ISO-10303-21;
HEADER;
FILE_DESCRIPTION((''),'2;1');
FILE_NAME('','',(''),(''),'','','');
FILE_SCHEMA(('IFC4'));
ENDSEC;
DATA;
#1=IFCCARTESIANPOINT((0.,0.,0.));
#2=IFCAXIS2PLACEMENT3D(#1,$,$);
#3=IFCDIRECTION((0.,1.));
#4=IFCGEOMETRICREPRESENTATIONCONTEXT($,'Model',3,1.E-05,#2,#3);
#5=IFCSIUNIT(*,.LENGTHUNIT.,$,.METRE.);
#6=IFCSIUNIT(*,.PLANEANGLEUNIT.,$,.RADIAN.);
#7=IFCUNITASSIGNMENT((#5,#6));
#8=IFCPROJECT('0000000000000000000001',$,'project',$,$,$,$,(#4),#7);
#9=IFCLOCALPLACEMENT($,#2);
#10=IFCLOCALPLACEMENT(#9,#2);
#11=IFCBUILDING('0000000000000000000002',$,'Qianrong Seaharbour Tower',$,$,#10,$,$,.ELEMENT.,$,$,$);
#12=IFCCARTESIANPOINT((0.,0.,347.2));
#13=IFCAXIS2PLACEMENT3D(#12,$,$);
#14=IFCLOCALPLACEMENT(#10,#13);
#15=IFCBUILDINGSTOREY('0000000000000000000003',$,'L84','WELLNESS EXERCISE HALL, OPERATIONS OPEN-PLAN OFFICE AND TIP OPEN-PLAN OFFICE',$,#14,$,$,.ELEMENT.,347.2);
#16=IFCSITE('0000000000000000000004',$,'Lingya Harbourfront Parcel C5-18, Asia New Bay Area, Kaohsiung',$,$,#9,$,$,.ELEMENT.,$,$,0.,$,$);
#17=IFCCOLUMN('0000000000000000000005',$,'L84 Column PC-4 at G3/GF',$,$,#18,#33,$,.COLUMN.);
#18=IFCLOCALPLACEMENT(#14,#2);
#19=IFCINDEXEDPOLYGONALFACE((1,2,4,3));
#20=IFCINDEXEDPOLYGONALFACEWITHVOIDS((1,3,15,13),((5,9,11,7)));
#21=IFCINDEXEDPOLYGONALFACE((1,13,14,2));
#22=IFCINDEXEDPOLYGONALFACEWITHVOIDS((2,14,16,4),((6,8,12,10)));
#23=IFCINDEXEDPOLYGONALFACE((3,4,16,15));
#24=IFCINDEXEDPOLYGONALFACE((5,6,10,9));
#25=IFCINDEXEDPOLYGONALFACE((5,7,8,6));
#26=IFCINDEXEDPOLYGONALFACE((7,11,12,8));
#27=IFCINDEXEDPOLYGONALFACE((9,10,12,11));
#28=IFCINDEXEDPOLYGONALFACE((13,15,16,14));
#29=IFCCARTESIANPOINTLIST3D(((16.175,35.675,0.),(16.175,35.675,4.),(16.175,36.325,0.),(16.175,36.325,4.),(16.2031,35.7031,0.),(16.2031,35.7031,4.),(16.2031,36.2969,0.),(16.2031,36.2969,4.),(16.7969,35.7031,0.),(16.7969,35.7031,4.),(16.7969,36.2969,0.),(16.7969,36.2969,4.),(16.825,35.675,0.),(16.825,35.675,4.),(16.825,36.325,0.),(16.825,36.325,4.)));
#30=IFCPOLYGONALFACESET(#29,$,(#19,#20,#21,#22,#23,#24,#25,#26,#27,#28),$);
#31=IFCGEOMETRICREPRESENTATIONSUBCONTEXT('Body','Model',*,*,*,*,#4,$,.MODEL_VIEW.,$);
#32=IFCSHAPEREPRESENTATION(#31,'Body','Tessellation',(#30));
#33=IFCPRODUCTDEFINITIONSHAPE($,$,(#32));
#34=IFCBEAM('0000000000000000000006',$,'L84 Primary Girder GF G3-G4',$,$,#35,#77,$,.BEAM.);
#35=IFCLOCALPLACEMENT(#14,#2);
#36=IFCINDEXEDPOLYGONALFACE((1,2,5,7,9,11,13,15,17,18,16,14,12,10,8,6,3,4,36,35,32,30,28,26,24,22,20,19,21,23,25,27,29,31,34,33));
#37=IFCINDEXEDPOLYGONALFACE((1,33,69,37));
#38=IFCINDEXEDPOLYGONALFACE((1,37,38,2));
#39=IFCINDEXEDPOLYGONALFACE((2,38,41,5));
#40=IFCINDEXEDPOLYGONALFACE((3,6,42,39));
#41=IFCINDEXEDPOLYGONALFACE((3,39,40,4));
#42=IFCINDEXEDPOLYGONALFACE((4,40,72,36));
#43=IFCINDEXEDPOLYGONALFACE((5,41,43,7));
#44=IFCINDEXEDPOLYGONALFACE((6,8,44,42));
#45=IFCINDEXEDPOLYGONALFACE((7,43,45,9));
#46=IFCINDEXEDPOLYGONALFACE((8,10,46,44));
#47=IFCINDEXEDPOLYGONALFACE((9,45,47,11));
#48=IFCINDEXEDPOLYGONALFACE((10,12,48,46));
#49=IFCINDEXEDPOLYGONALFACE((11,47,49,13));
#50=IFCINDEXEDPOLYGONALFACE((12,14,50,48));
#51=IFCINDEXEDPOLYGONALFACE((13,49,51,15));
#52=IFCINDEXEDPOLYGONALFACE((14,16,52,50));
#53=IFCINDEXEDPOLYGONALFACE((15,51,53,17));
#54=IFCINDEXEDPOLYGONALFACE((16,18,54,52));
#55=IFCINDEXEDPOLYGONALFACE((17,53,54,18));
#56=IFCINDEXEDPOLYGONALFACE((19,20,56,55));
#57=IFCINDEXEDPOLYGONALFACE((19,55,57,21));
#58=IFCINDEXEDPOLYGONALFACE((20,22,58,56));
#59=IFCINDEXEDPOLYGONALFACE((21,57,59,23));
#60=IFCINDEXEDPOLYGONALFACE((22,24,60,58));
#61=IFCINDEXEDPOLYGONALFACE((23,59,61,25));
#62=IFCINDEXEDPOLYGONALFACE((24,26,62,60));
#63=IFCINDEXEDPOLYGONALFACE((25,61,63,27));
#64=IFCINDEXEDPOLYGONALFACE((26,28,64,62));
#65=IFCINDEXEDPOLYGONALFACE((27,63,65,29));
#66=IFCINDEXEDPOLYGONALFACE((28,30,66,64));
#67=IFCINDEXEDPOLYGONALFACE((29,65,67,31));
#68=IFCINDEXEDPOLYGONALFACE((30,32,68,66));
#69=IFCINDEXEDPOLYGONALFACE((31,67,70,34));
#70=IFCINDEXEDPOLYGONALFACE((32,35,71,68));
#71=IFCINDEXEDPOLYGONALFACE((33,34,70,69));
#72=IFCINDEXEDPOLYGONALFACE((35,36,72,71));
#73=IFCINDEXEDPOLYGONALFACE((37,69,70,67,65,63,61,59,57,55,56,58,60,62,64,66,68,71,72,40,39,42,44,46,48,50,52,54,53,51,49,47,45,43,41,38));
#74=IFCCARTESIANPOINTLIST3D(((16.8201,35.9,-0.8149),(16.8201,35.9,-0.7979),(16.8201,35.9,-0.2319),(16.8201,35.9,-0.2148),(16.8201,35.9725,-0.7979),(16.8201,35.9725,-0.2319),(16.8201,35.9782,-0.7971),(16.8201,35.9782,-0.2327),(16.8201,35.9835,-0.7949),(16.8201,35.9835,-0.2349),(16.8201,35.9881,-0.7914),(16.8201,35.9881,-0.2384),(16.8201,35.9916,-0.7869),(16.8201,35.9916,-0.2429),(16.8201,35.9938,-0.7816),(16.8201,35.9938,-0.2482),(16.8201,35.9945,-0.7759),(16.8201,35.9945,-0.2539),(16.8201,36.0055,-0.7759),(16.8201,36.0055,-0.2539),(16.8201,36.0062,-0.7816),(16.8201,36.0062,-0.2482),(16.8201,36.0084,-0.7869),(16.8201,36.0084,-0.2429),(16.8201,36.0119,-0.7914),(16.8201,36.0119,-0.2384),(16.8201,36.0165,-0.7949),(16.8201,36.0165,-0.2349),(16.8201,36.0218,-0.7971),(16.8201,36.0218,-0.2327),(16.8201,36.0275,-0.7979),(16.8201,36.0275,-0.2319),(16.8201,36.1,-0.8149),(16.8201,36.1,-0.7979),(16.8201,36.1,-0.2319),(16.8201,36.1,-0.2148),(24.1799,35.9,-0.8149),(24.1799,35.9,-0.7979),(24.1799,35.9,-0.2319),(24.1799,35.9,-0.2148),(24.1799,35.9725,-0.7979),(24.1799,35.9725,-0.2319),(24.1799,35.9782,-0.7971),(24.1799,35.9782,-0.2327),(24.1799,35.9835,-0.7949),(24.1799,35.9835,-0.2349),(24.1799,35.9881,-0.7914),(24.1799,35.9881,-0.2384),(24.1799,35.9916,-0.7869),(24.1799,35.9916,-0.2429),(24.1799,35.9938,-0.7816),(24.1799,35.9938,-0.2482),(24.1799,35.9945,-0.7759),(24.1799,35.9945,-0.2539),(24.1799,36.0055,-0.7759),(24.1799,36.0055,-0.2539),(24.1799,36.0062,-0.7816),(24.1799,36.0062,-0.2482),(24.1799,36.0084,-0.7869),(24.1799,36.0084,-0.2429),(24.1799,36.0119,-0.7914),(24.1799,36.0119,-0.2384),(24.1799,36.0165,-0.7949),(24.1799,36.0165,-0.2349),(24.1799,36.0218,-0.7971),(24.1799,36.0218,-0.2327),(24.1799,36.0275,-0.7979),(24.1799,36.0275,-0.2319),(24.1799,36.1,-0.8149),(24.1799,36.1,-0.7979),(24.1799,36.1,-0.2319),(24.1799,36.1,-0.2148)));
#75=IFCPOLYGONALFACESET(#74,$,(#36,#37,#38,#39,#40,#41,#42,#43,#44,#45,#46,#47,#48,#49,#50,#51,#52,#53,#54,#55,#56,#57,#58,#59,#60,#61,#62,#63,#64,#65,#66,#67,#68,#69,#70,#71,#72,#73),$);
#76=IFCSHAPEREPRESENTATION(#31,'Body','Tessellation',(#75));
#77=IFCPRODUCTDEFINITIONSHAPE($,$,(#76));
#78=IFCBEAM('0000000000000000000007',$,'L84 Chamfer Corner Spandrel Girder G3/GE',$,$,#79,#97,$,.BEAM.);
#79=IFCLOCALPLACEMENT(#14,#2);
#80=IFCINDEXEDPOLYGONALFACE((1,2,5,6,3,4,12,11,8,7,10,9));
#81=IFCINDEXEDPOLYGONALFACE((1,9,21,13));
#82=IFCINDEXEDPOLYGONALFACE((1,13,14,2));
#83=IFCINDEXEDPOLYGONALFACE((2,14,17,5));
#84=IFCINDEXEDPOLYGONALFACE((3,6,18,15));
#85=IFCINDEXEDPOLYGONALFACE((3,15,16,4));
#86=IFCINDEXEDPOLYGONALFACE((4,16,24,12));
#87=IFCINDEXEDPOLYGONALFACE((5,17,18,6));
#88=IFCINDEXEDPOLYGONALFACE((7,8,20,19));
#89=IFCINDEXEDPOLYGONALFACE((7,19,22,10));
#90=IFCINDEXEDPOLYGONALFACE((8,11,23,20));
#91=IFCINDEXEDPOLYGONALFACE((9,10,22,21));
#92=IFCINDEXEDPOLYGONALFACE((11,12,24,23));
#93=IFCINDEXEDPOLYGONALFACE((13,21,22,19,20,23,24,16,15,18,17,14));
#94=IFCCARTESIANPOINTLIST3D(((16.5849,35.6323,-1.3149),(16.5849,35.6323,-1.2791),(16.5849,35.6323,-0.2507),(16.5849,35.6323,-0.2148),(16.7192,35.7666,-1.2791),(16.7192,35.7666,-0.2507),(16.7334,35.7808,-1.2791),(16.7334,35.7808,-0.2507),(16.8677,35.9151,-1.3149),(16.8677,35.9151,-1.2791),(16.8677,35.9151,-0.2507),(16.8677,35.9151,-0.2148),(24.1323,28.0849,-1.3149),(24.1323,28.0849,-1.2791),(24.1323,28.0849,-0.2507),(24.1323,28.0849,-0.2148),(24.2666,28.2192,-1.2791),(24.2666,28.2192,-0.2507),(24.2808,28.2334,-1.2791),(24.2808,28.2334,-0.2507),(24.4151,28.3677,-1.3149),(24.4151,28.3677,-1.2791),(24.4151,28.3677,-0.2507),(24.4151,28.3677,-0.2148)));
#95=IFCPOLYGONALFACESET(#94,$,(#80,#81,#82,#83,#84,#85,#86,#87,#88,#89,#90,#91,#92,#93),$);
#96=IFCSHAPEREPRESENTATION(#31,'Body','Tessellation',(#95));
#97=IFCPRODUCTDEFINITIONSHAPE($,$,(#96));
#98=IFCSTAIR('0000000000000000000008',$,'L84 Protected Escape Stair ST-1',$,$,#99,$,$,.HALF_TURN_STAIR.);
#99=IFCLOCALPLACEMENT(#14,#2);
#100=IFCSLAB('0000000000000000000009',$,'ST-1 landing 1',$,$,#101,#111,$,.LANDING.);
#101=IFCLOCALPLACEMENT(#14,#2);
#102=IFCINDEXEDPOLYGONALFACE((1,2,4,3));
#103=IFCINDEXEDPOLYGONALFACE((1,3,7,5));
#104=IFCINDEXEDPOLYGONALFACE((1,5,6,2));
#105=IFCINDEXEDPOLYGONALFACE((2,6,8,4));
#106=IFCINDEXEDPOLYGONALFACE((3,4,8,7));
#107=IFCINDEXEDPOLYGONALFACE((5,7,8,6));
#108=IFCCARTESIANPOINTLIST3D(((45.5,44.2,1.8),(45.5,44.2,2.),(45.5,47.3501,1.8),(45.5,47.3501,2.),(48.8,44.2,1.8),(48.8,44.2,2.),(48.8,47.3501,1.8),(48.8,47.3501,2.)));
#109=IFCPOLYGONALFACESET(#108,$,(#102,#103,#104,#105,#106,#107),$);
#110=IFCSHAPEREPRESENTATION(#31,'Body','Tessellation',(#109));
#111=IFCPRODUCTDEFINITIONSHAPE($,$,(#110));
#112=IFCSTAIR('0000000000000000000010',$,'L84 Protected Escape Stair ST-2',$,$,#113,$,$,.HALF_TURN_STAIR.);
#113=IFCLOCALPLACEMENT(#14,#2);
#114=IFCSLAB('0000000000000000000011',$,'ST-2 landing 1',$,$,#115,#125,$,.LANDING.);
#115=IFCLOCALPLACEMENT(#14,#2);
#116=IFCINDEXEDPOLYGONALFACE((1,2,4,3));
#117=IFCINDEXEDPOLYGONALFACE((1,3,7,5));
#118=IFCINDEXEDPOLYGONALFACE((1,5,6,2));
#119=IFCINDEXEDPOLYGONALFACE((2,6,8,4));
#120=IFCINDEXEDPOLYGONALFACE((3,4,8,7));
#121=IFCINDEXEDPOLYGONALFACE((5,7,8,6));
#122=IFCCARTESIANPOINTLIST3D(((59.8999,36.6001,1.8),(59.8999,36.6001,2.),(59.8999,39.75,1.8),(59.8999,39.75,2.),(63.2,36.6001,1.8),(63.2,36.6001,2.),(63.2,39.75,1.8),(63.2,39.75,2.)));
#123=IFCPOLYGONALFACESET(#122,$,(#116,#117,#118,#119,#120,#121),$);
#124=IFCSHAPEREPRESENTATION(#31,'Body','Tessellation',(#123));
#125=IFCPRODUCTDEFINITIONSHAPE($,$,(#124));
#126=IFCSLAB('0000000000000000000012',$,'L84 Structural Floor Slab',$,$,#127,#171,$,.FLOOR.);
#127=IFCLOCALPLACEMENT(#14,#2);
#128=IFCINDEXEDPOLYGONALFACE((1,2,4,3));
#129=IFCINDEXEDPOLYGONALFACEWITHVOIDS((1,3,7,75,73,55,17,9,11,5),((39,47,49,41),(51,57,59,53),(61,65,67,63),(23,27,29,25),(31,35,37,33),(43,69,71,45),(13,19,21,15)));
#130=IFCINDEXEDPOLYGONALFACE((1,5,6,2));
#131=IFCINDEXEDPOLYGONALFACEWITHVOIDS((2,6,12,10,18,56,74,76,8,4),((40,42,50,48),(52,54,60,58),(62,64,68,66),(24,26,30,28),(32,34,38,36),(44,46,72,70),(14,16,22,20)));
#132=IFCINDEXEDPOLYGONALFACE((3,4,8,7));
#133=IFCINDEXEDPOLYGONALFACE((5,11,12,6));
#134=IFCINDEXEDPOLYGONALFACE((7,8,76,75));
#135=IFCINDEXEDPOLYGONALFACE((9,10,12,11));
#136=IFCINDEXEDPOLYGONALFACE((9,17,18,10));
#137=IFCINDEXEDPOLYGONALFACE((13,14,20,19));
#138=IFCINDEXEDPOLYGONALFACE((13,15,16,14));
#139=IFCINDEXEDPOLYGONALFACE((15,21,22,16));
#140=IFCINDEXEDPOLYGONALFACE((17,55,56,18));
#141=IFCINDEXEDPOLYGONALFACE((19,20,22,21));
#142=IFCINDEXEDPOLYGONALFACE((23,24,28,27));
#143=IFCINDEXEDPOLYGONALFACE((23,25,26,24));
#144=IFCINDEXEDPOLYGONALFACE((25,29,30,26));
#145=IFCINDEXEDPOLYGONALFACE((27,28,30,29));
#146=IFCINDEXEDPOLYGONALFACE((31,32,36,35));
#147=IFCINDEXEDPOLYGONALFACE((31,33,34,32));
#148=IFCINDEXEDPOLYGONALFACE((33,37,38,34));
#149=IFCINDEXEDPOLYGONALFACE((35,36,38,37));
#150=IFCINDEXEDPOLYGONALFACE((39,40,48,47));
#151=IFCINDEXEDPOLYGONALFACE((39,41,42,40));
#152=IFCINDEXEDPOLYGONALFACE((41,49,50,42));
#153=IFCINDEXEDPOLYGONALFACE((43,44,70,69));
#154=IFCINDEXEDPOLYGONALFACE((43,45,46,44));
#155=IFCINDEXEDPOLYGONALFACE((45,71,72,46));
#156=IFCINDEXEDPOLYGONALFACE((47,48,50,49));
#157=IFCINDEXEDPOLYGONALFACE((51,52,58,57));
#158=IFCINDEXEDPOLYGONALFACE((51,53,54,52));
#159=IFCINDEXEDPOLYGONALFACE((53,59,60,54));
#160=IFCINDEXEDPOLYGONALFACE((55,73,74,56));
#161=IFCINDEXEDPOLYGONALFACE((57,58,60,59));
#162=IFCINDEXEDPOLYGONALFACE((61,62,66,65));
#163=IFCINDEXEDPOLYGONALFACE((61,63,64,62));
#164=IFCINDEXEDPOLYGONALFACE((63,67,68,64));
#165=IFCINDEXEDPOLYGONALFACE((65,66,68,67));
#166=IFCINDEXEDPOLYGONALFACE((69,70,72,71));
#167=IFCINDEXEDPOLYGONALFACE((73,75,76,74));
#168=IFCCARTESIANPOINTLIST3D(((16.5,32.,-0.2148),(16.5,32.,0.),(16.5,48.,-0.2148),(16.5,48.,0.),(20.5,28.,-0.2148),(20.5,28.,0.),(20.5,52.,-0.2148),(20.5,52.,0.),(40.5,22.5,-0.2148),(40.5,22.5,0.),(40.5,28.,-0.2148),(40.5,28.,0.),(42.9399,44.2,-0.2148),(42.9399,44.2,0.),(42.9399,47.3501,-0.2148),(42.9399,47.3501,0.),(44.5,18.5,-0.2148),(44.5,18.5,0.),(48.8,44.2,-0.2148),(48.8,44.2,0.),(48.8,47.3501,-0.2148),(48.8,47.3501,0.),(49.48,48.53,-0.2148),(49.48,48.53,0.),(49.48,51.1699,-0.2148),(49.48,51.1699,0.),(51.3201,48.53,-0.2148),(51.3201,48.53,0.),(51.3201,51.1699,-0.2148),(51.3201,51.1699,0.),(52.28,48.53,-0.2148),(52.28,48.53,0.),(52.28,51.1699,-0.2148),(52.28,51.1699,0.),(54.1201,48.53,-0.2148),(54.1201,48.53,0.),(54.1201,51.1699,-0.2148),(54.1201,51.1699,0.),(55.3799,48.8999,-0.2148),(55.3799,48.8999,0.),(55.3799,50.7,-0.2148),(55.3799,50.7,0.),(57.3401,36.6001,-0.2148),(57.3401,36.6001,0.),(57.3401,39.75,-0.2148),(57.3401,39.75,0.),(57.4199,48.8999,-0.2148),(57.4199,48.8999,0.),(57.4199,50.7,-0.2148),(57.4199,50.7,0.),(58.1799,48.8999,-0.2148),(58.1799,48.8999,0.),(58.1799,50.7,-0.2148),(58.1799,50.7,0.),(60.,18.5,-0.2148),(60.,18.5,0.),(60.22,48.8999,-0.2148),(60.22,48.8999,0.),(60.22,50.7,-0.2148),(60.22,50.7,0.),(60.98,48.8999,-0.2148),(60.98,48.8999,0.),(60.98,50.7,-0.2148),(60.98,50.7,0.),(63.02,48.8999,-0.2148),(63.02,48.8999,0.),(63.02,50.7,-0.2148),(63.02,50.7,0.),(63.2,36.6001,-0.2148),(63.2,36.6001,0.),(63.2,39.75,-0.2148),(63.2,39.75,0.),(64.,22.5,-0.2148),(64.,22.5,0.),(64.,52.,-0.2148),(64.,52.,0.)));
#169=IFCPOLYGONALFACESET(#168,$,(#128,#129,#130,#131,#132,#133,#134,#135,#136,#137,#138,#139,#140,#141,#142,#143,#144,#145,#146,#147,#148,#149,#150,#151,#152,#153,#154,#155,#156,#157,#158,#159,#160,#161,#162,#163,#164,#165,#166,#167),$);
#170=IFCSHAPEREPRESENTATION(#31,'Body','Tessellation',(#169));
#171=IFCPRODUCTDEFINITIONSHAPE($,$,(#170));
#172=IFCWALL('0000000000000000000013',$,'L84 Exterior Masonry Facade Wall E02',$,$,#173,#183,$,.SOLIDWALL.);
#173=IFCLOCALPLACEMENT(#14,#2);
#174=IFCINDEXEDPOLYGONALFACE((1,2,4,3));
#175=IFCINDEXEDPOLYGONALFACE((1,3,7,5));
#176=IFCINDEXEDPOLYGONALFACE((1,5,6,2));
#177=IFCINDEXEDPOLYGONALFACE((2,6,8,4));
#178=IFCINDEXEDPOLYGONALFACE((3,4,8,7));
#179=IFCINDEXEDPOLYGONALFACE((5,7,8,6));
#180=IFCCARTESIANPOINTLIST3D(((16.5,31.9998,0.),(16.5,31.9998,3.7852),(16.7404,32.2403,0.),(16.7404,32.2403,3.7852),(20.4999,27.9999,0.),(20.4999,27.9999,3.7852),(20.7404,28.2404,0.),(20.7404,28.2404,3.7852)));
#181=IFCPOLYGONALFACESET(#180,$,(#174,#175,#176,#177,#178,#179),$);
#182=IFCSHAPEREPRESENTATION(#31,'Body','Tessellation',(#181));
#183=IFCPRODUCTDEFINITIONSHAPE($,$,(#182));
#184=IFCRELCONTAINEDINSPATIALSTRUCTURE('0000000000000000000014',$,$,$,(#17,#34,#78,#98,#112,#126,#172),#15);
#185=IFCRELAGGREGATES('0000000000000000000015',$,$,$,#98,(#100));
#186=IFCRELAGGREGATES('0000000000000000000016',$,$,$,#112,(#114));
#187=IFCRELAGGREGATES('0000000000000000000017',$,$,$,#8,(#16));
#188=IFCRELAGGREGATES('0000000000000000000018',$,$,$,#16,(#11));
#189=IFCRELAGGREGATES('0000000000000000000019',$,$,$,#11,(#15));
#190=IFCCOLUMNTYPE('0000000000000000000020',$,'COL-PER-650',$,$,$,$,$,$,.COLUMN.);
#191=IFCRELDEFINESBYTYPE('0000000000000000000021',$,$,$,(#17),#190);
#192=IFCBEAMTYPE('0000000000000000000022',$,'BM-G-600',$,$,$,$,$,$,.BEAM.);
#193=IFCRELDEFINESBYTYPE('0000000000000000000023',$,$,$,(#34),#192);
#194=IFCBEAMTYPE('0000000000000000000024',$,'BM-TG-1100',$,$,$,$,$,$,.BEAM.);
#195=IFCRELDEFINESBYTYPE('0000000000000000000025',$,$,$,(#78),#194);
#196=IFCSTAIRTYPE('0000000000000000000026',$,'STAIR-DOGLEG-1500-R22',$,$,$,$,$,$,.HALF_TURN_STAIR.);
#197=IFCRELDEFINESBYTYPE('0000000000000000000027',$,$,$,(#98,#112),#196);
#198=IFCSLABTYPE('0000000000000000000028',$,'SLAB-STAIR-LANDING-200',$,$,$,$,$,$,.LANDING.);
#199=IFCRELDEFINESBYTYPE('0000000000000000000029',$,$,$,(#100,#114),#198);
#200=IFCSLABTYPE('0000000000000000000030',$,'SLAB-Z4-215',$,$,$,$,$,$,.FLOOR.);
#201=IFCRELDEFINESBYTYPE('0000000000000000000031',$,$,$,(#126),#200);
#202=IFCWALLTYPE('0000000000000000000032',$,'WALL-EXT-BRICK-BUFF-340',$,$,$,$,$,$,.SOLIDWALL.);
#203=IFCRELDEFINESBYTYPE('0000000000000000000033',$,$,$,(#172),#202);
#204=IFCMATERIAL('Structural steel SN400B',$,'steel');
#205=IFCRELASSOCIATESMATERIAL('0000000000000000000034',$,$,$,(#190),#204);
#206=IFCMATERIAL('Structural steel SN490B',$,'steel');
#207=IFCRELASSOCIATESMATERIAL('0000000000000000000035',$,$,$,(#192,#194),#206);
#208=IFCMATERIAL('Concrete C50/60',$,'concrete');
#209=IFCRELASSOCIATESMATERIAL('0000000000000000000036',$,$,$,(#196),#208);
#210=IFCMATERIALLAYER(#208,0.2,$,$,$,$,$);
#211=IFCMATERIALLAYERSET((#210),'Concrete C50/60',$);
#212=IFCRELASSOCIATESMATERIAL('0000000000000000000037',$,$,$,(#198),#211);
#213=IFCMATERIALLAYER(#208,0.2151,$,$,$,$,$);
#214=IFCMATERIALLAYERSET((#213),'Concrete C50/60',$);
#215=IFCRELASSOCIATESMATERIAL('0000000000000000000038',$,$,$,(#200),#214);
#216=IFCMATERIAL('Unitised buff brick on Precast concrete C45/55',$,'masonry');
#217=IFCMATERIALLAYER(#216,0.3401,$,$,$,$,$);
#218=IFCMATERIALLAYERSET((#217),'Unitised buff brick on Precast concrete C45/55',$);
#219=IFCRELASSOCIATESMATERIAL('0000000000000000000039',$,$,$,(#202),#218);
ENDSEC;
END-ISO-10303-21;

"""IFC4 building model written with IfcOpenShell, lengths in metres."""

from ifc_helpers import new_model, si_unit, direction, frame, frame_2d, origin, origin_2d, place, context, subcontext, project, spatial, polyline, rectangle, hollow_rectangle, i_section, outline, extrude, material, layer, layer_set, material_profile, profile_set, type_object, element, aggregate, save


model = new_model("IFC4")

# Units and contexts
model_context = context("Model", 3, precision=1e-05, world=origin(), true_north=direction((0.0, 1.0)))
body_context = subcontext(model_context, "Body", "Model", "MODEL_VIEW")
ifc_project = project(units=[si_unit("LENGTHUNIT", "METRE"), si_unit("PLANEANGLEUNIT", "RADIAN")], contexts=[model_context])

# Site, building, storey
site_placement = place(None, origin())
site = spatial("IfcSite", under=ifc_project, at=site_placement, Name="Lingya Harbourfront Parcel C5-18, Asia New Bay Area, Kaohsiung", CompositionType="ELEMENT", RefElevation=0.0)
building_placement = place(site_placement, origin())
building = spatial("IfcBuilding", under=site, at=building_placement, Name="Qianrong Seaharbour Tower", CompositionType="ELEMENT")
storey_placement = place(building_placement, frame((0.0, 0.0, 347.2)))
storey = spatial("IfcBuildingStorey", under=building, at=storey_placement, Name="L84", Description="WELLNESS EXERCISE HALL, OPERATIONS OPEN-PLAN OFFICE AND TIP OPEN-PLAN OFFICE", CompositionType="ELEMENT", Elevation=347.2)

# Column
ifc_material_1 = material(Name="Structural steel SN400B", Category="steel")
ifc_material_profile_1 = material_profile(ifc_material_1, hollow_rectangle(XDim=0.6499, YDim=0.6499, WallThickness=0.0281, at=origin_2d()), Name="BOX650x650x28")
ifc_profile_set_1 = profile_set([ifc_material_profile_1], Name="Structural steel SN400B")
column_type = type_object("IfcColumnType", Name="COL-PER-650", PredefinedType="COLUMN", material=ifc_profile_set_1)
column_placement = place(storey_placement, frame((16.5, 36.0, 0.0), z_axis=(0.0, 0.0, 1.0), x_axis=(1.0, 0.0, 0.0)))
element("IfcColumn", 1, at=column_placement, inside=storey, type_object=column_type, Name="L84 Column PC-4 at G3/GF", PredefinedType="COLUMN", context=body_context, shape_type="SweptSolid", body=[
    extrude(hollow_rectangle(XDim=0.6499, YDim=0.6499, WallThickness=0.0281, at=origin_2d()), origin(), (0.0, 0.0, 1.0), 4.0),
])

# Beams
ifc_material_2 = material(Name="Structural steel SN490B", Category="steel")
ifc_material_profile_2 = material_profile(ifc_material_2, i_section(OverallWidth=0.2, OverallDepth=0.6001, WebThickness=0.011, FlangeThickness=0.0171, FilletRadius=0.022, at=origin_2d()), Name="H600x200x11x17")
ifc_profile_set_2 = profile_set([ifc_material_profile_2], Name="Structural steel SN490B")
beam_type_1 = type_object("IfcBeamType", Name="BM-G-600", PredefinedType="BEAM", material=ifc_profile_set_2)
beam_1_placement = place(storey_placement, frame((16.8201, 36.0, -0.5149), z_axis=(1.0, 0.0, 0.0), x_axis=(0.0, 1.0, 0.0)))
element("IfcBeam", 2, at=beam_1_placement, inside=storey, type_object=beam_type_1, Name="L84 Primary Girder GF G3-G4", PredefinedType="BEAM", context=body_context, shape_type="SweptSolid", body=[
    extrude(i_section(OverallWidth=0.2, OverallDepth=0.6001, WebThickness=0.011, FlangeThickness=0.0171, FilletRadius=0.022, at=origin_2d()), origin(), (0.0, 0.0, 1.0), 7.3599),
])
ifc_material_profile_3 = material_profile(ifc_material_2, i_section(OverallWidth=0.3999, OverallDepth=1.1001, WebThickness=0.02, FlangeThickness=0.0359, at=origin_2d()), Name="BH1100x400x20x36")
ifc_profile_set_3 = profile_set([ifc_material_profile_3], Name="Structural steel SN490B")
beam_type_2 = type_object("IfcBeamType", Name="BM-TG-1100", PredefinedType="BEAM", material=ifc_profile_set_3)
beam_2_placement = place(storey_placement, frame((24.2737, 28.2263, -0.7649), z_axis=(-0.707107, 0.707107, 0.0), x_axis=(-0.707107, -0.707107, 0.0)))
element("IfcBeam", 3, at=beam_2_placement, inside=storey, type_object=beam_type_2, Name="L84 Chamfer Corner Spandrel Girder G3/GE", PredefinedType="BEAM", context=body_context, shape_type="SweptSolid", body=[
    extrude(i_section(OverallWidth=0.3999, OverallDepth=1.1001, WebThickness=0.02, FlangeThickness=0.0359, at=origin_2d()), origin(), (0.0, 0.0, 1.0), 10.6736),
])

# Stairs, slabs
ifc_material_3 = material(Name="Concrete C50/60", Category="concrete")
stair_type = type_object("IfcStairType", Name="STAIR-DOGLEG-1500-R22", PredefinedType="HALF_TURN_STAIR", material=ifc_material_3)
stair_1_placement = place(storey_placement, origin())
stair_1 = element("IfcStair", 4, at=stair_1_placement, inside=storey, type_object=stair_type, Name="L84 Protected Escape Stair ST-1", PredefinedType="HALF_TURN_STAIR")
ifc_layer_1 = layer(ifc_material_3, 0.2)
ifc_layer_set_1 = layer_set([ifc_layer_1], Name="Concrete C50/60")
slab_type_1 = type_object("IfcSlabType", Name="SLAB-STAIR-LANDING-200", PredefinedType="LANDING", material=ifc_layer_set_1)
slab_1_placement = place(storey_placement, frame((0.0, 0.0, 1.8)))
slab_1 = element("IfcSlab", 5, at=slab_1_placement, type_object=slab_type_1, Name="ST-1 landing 1", PredefinedType="LANDING", context=body_context, shape_type="SweptSolid", body=[
    extrude(outline(polyline([(45.5, 44.2), (48.8, 44.2), (48.8, 47.3501), (45.5, 47.3501), (45.5, 44.2)])), origin(), (0.0, 0.0, 1.0), 0.2),
])
aggregate(stair_1, [slab_1])
stair_2_placement = place(storey_placement, origin())
stair_2 = element("IfcStair", 6, at=stair_2_placement, inside=storey, type_object=stair_type, Name="L84 Protected Escape Stair ST-2", PredefinedType="HALF_TURN_STAIR")
slab_2_placement = place(storey_placement, frame((0.0, 0.0, 1.8)))
slab_2 = element("IfcSlab", 7, at=slab_2_placement, type_object=slab_type_1, Name="ST-2 landing 1", PredefinedType="LANDING", context=body_context, shape_type="SweptSolid", body=[
    extrude(outline(polyline([(59.8999, 36.6001), (63.2, 36.6001), (63.2, 39.75), (59.8999, 39.75), (59.8999, 36.6001)])), origin(), (0.0, 0.0, 1.0), 0.2),
])
aggregate(stair_2, [slab_2])

# Slab
ifc_layer_2 = layer(ifc_material_3, 0.2151)
ifc_layer_set_2 = layer_set([ifc_layer_2], Name="Concrete C50/60")
slab_type_2 = type_object("IfcSlabType", Name="SLAB-Z4-215", PredefinedType="FLOOR", material=ifc_layer_set_2)
slab_3_placement = place(storey_placement, frame((0.0, 0.0, -0.2148)))
element("IfcSlab", 8, at=slab_3_placement, inside=storey, type_object=slab_type_2, Name="L84 Structural Floor Slab", PredefinedType="FLOOR", context=body_context, shape_type="SweptSolid", body=[
    extrude(outline(polyline([(44.5, 18.5), (60.0, 18.5), (64.0, 22.5), (64.0, 52.0), (20.5, 52.0), (16.5, 48.0), (16.5, 32.0), (20.5, 28.0), (40.5, 28.0), (40.5, 22.5), (44.5, 18.5)]), holes=[polyline([(42.9399, 44.2), (42.9399, 47.3501), (48.8, 47.3501), (48.8, 44.2), (42.9399, 44.2)]), polyline([(57.3401, 36.6001), (57.3401, 39.75), (63.2, 39.75), (63.2, 36.6001), (57.3401, 36.6001)]), polyline([(49.48, 48.53), (49.48, 51.1699), (51.3201, 51.1699), (51.3201, 48.53), (49.48, 48.53)]), polyline([(52.28, 48.53), (52.28, 51.1699), (54.1201, 51.1699), (54.1201, 48.53), (52.28, 48.53)]), polyline([(55.3799, 48.8999), (55.3799, 50.7), (57.4199, 50.7), (57.4199, 48.8999), (55.3799, 48.8999)]), polyline([(58.1799, 48.8999), (58.1799, 50.7), (60.22, 50.7), (60.22, 48.8999), (58.1799, 48.8999)]), polyline([(60.98, 48.8999), (60.98, 50.7), (63.02, 50.7), (63.02, 48.8999), (60.98, 48.8999)])]), origin(), (0.0, 0.0, 1.0), 0.2148),
])

# Wall
ifc_material_4 = material(Name="Unitised buff brick on Precast concrete C45/55", Category="masonry")
ifc_layer_3 = layer(ifc_material_4, 0.3401)
ifc_layer_set_3 = layer_set([ifc_layer_3], Name="Unitised buff brick on Precast concrete C45/55")
wall_type = type_object("IfcWallType", Name="WALL-EXT-BRICK-BUFF-340", PredefinedType="SOLIDWALL", material=ifc_layer_set_3)
wall_1_placement = place(storey_placement, frame((20.6201, 28.1201, 0.0), z_axis=(0.0, 0.0, 1.0), x_axis=(-0.707107, 0.707107, 0.0)))
element("IfcWall", 9, at=wall_1_placement, inside=storey, type_object=wall_type, Name="L84 Exterior Masonry Facade Wall E02", PredefinedType="SOLIDWALL", context=body_context, shape_type="SweptSolid", body=[
    extrude(rectangle(XDim=5.6567, YDim=0.3401, at=frame_2d((2.8284, 0.0))), origin(), (0.0, 0.0, 1.0), 3.7852),
])

save(model, "model.ifc")
